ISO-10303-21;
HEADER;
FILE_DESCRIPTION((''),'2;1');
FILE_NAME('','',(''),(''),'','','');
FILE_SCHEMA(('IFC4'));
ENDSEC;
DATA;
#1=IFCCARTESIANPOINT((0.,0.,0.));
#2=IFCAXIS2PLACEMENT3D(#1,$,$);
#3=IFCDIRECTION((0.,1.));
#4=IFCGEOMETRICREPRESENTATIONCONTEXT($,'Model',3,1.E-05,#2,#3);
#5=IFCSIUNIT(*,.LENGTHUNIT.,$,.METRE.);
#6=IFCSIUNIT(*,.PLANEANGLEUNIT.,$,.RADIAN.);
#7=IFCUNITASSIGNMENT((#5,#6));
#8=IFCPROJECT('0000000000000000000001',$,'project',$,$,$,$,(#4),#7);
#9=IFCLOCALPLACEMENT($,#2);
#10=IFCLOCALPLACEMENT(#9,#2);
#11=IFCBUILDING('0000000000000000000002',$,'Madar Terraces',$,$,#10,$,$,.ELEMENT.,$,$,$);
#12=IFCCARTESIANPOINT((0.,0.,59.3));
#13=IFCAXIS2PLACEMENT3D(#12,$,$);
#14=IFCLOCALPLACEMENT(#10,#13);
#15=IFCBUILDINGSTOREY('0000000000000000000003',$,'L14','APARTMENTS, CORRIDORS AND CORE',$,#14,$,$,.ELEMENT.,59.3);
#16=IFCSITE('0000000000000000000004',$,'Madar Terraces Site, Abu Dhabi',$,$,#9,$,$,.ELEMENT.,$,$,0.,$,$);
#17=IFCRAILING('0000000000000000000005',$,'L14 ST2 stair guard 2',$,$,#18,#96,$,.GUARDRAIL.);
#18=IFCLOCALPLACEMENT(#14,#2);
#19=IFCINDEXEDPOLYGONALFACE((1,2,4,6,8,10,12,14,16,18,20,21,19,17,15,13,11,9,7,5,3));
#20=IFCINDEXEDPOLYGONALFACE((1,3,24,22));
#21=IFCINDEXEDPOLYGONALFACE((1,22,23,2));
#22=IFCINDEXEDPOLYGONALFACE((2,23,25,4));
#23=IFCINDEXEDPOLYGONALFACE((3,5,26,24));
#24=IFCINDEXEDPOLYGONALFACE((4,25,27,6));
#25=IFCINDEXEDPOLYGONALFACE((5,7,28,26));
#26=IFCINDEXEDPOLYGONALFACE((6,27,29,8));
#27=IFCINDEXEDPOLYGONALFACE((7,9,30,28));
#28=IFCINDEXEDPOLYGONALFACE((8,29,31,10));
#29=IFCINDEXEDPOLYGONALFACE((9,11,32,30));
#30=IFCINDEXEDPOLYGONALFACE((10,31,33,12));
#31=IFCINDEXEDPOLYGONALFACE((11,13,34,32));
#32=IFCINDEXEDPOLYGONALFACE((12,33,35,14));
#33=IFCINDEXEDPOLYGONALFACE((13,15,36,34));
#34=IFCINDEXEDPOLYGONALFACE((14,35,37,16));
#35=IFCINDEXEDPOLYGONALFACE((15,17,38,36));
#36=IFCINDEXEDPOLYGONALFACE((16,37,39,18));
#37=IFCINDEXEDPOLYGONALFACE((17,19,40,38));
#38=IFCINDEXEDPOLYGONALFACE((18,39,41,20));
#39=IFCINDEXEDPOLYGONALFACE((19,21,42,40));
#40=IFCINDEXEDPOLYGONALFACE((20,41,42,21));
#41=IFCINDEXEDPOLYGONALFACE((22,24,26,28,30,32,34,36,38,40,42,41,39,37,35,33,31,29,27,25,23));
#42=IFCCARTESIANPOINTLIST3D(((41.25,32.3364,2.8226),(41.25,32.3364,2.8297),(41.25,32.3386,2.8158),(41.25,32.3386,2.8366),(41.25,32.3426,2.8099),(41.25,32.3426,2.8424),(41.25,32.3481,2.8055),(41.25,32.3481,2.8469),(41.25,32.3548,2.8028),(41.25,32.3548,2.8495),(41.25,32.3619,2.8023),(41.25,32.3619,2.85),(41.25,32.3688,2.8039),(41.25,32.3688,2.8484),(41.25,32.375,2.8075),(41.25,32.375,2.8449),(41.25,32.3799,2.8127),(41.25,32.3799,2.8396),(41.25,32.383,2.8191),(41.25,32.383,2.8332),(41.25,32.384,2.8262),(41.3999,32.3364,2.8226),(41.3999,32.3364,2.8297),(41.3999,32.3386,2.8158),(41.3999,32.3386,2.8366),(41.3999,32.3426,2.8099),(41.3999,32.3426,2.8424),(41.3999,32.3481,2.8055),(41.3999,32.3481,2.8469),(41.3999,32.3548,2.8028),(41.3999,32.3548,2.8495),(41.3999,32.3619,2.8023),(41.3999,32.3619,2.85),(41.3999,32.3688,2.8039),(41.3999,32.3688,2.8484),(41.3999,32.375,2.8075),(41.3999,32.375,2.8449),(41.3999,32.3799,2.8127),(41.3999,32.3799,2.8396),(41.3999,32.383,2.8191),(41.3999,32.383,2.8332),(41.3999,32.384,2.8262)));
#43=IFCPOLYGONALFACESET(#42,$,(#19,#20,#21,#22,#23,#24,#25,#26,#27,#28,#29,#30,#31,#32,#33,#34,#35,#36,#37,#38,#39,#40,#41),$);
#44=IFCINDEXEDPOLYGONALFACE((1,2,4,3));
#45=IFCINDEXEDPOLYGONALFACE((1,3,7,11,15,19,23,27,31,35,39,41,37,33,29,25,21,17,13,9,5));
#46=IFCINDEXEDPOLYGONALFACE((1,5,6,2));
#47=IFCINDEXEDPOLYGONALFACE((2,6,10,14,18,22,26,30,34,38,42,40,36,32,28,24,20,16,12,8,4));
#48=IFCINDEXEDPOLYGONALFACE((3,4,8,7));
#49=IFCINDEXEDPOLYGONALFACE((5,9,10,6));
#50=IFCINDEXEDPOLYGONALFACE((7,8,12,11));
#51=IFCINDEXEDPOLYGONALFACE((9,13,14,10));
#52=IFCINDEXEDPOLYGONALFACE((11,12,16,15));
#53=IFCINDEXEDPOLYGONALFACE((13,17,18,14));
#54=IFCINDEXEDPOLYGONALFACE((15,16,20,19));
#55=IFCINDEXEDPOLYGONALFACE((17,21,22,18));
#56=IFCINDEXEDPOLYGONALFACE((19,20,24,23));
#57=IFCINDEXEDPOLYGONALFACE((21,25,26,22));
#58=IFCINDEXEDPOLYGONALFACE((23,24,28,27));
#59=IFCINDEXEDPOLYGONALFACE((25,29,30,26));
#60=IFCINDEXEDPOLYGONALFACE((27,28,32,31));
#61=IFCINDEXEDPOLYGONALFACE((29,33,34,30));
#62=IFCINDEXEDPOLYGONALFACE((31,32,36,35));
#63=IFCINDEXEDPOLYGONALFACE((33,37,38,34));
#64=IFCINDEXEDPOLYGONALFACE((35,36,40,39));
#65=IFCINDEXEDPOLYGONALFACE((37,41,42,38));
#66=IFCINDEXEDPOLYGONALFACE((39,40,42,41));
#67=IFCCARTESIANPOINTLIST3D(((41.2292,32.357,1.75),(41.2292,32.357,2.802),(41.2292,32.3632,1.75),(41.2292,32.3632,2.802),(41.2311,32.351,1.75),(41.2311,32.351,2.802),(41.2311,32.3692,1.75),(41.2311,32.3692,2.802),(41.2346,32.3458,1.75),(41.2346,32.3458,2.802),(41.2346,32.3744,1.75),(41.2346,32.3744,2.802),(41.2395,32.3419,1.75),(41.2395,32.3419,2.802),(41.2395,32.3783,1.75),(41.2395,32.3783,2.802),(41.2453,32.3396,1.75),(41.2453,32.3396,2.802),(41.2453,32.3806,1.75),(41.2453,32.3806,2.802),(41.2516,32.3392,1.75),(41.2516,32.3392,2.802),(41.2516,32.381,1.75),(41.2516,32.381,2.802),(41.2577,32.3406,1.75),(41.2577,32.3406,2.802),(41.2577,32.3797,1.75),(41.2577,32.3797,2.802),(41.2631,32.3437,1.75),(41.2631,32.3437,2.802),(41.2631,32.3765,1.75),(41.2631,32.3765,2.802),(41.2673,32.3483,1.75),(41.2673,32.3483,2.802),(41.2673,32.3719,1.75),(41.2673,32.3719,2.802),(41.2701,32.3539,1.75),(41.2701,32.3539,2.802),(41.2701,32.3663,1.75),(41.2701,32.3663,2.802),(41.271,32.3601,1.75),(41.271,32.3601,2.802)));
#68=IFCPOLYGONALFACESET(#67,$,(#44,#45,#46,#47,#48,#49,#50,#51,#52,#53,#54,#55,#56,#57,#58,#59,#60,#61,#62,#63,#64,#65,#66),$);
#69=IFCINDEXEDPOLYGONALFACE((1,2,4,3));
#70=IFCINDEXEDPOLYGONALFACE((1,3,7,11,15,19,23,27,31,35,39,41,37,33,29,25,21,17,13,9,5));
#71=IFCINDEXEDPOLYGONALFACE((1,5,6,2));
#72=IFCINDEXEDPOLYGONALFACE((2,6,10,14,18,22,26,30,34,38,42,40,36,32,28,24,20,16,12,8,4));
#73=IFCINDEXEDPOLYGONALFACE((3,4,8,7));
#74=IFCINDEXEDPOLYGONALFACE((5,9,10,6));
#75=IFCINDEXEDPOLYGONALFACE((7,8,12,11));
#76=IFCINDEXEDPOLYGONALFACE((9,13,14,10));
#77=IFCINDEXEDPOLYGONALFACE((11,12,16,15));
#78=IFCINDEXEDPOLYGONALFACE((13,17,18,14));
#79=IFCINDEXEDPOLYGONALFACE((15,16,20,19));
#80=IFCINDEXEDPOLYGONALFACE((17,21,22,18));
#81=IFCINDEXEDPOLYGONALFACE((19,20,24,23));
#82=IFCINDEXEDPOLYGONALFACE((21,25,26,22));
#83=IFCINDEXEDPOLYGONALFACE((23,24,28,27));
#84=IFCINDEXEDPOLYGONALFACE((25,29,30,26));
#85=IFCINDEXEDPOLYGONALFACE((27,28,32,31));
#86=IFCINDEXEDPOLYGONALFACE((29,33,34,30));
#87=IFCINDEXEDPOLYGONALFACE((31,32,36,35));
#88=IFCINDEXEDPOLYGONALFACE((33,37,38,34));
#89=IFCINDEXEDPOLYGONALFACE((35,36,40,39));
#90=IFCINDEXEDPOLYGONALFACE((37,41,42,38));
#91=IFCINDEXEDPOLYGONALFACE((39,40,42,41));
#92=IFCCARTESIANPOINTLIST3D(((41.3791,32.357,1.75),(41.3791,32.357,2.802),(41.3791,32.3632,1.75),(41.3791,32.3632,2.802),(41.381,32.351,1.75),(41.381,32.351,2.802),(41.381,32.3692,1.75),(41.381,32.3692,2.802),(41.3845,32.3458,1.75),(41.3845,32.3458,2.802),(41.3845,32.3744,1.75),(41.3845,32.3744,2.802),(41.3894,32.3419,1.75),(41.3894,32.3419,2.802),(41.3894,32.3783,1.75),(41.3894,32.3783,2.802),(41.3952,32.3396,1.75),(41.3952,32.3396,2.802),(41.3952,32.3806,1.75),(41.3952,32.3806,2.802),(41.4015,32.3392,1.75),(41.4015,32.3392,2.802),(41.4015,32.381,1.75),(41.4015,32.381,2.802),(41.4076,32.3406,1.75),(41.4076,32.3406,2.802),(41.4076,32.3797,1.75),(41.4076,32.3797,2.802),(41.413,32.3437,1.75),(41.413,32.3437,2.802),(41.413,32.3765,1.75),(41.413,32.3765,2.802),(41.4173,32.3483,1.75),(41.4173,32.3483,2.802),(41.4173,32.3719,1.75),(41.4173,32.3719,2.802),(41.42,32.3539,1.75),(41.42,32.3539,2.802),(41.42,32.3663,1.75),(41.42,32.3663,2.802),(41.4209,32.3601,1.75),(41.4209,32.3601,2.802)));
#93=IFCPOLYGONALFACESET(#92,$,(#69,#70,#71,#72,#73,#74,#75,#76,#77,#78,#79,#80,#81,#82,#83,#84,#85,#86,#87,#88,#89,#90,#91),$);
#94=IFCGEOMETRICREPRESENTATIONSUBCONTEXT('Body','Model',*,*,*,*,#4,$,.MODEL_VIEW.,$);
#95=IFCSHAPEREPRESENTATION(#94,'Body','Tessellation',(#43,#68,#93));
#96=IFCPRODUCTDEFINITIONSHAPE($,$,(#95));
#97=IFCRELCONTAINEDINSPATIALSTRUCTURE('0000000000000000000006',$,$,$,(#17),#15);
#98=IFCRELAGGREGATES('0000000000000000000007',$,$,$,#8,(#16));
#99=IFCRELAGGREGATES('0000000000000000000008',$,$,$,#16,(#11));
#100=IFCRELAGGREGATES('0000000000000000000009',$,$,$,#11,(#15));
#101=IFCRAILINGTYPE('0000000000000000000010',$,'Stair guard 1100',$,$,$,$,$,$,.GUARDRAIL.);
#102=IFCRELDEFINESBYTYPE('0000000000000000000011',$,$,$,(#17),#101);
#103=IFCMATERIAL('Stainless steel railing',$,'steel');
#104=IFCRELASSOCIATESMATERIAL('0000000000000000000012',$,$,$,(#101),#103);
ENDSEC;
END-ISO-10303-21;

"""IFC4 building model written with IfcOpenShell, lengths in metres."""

from ifc_helpers import new_model, si_unit, direction, frame, origin, origin_2d, place, context, subcontext, project, spatial, circle, extrude, material, type_object, element, save


model = new_model("IFC4")

# Units and contexts
model_context = context("Model", 3, precision=1e-05, world=origin(), true_north=direction((0.0, 1.0)))
body_context = subcontext(model_context, "Body", "Model", "MODEL_VIEW")
ifc_project = project(units=[si_unit("LENGTHUNIT", "METRE"), si_unit("PLANEANGLEUNIT", "RADIAN")], contexts=[model_context])

# Site, building, storey
site_placement = place(None, origin())
site = spatial("IfcSite", under=ifc_project, at=site_placement, Name="Madar Terraces Site, Abu Dhabi", CompositionType="ELEMENT", RefElevation=0.0)
building_placement = place(site_placement, origin())
building = spatial("IfcBuilding", under=site, at=building_placement, Name="Madar Terraces", CompositionType="ELEMENT")
storey_placement = place(building_placement, frame((0.0, 0.0, 59.3)))
storey = spatial("IfcBuildingStorey", under=building, at=storey_placement, Name="L14", Description="APARTMENTS, CORRIDORS AND CORE", CompositionType="ELEMENT", Elevation=59.3)

# Railing
ifc_material_1 = material(Name="Stainless steel railing", Category="steel")
railing_type_1 = type_object("IfcRailingType", Name="Stair guard 1100", PredefinedType="GUARDRAIL", material=ifc_material_1)
railing_1_placement = place(storey_placement, frame((41.25, 32.3601, 1.75)))
element("IfcRailing", 1, at=railing_1_placement, inside=storey, type_object=railing_type_1, Name="L14 ST2 stair guard 2", PredefinedType="GUARDRAIL", context=body_context, shape_type="SweptSolid", body=[
    extrude(circle(Radius=0.0239, at=origin_2d()), frame((0.0, 0.0, 1.0762), z_axis=(1.0, 0.0, 0.0), x_axis=(0.0, 1.0, 0.0)), (0.0, 0.0, 1.0), 0.1499),
    extrude(circle(Radius=0.021, at=origin_2d()), origin(), (0.0, 0.0, 1.0), 1.052),
    extrude(circle(Radius=0.021, at=origin_2d()), frame((0.1499, 0.0, 0.0)), (0.0, 0.0, 1.0), 1.052),
])

save(model, "model.ifc")
